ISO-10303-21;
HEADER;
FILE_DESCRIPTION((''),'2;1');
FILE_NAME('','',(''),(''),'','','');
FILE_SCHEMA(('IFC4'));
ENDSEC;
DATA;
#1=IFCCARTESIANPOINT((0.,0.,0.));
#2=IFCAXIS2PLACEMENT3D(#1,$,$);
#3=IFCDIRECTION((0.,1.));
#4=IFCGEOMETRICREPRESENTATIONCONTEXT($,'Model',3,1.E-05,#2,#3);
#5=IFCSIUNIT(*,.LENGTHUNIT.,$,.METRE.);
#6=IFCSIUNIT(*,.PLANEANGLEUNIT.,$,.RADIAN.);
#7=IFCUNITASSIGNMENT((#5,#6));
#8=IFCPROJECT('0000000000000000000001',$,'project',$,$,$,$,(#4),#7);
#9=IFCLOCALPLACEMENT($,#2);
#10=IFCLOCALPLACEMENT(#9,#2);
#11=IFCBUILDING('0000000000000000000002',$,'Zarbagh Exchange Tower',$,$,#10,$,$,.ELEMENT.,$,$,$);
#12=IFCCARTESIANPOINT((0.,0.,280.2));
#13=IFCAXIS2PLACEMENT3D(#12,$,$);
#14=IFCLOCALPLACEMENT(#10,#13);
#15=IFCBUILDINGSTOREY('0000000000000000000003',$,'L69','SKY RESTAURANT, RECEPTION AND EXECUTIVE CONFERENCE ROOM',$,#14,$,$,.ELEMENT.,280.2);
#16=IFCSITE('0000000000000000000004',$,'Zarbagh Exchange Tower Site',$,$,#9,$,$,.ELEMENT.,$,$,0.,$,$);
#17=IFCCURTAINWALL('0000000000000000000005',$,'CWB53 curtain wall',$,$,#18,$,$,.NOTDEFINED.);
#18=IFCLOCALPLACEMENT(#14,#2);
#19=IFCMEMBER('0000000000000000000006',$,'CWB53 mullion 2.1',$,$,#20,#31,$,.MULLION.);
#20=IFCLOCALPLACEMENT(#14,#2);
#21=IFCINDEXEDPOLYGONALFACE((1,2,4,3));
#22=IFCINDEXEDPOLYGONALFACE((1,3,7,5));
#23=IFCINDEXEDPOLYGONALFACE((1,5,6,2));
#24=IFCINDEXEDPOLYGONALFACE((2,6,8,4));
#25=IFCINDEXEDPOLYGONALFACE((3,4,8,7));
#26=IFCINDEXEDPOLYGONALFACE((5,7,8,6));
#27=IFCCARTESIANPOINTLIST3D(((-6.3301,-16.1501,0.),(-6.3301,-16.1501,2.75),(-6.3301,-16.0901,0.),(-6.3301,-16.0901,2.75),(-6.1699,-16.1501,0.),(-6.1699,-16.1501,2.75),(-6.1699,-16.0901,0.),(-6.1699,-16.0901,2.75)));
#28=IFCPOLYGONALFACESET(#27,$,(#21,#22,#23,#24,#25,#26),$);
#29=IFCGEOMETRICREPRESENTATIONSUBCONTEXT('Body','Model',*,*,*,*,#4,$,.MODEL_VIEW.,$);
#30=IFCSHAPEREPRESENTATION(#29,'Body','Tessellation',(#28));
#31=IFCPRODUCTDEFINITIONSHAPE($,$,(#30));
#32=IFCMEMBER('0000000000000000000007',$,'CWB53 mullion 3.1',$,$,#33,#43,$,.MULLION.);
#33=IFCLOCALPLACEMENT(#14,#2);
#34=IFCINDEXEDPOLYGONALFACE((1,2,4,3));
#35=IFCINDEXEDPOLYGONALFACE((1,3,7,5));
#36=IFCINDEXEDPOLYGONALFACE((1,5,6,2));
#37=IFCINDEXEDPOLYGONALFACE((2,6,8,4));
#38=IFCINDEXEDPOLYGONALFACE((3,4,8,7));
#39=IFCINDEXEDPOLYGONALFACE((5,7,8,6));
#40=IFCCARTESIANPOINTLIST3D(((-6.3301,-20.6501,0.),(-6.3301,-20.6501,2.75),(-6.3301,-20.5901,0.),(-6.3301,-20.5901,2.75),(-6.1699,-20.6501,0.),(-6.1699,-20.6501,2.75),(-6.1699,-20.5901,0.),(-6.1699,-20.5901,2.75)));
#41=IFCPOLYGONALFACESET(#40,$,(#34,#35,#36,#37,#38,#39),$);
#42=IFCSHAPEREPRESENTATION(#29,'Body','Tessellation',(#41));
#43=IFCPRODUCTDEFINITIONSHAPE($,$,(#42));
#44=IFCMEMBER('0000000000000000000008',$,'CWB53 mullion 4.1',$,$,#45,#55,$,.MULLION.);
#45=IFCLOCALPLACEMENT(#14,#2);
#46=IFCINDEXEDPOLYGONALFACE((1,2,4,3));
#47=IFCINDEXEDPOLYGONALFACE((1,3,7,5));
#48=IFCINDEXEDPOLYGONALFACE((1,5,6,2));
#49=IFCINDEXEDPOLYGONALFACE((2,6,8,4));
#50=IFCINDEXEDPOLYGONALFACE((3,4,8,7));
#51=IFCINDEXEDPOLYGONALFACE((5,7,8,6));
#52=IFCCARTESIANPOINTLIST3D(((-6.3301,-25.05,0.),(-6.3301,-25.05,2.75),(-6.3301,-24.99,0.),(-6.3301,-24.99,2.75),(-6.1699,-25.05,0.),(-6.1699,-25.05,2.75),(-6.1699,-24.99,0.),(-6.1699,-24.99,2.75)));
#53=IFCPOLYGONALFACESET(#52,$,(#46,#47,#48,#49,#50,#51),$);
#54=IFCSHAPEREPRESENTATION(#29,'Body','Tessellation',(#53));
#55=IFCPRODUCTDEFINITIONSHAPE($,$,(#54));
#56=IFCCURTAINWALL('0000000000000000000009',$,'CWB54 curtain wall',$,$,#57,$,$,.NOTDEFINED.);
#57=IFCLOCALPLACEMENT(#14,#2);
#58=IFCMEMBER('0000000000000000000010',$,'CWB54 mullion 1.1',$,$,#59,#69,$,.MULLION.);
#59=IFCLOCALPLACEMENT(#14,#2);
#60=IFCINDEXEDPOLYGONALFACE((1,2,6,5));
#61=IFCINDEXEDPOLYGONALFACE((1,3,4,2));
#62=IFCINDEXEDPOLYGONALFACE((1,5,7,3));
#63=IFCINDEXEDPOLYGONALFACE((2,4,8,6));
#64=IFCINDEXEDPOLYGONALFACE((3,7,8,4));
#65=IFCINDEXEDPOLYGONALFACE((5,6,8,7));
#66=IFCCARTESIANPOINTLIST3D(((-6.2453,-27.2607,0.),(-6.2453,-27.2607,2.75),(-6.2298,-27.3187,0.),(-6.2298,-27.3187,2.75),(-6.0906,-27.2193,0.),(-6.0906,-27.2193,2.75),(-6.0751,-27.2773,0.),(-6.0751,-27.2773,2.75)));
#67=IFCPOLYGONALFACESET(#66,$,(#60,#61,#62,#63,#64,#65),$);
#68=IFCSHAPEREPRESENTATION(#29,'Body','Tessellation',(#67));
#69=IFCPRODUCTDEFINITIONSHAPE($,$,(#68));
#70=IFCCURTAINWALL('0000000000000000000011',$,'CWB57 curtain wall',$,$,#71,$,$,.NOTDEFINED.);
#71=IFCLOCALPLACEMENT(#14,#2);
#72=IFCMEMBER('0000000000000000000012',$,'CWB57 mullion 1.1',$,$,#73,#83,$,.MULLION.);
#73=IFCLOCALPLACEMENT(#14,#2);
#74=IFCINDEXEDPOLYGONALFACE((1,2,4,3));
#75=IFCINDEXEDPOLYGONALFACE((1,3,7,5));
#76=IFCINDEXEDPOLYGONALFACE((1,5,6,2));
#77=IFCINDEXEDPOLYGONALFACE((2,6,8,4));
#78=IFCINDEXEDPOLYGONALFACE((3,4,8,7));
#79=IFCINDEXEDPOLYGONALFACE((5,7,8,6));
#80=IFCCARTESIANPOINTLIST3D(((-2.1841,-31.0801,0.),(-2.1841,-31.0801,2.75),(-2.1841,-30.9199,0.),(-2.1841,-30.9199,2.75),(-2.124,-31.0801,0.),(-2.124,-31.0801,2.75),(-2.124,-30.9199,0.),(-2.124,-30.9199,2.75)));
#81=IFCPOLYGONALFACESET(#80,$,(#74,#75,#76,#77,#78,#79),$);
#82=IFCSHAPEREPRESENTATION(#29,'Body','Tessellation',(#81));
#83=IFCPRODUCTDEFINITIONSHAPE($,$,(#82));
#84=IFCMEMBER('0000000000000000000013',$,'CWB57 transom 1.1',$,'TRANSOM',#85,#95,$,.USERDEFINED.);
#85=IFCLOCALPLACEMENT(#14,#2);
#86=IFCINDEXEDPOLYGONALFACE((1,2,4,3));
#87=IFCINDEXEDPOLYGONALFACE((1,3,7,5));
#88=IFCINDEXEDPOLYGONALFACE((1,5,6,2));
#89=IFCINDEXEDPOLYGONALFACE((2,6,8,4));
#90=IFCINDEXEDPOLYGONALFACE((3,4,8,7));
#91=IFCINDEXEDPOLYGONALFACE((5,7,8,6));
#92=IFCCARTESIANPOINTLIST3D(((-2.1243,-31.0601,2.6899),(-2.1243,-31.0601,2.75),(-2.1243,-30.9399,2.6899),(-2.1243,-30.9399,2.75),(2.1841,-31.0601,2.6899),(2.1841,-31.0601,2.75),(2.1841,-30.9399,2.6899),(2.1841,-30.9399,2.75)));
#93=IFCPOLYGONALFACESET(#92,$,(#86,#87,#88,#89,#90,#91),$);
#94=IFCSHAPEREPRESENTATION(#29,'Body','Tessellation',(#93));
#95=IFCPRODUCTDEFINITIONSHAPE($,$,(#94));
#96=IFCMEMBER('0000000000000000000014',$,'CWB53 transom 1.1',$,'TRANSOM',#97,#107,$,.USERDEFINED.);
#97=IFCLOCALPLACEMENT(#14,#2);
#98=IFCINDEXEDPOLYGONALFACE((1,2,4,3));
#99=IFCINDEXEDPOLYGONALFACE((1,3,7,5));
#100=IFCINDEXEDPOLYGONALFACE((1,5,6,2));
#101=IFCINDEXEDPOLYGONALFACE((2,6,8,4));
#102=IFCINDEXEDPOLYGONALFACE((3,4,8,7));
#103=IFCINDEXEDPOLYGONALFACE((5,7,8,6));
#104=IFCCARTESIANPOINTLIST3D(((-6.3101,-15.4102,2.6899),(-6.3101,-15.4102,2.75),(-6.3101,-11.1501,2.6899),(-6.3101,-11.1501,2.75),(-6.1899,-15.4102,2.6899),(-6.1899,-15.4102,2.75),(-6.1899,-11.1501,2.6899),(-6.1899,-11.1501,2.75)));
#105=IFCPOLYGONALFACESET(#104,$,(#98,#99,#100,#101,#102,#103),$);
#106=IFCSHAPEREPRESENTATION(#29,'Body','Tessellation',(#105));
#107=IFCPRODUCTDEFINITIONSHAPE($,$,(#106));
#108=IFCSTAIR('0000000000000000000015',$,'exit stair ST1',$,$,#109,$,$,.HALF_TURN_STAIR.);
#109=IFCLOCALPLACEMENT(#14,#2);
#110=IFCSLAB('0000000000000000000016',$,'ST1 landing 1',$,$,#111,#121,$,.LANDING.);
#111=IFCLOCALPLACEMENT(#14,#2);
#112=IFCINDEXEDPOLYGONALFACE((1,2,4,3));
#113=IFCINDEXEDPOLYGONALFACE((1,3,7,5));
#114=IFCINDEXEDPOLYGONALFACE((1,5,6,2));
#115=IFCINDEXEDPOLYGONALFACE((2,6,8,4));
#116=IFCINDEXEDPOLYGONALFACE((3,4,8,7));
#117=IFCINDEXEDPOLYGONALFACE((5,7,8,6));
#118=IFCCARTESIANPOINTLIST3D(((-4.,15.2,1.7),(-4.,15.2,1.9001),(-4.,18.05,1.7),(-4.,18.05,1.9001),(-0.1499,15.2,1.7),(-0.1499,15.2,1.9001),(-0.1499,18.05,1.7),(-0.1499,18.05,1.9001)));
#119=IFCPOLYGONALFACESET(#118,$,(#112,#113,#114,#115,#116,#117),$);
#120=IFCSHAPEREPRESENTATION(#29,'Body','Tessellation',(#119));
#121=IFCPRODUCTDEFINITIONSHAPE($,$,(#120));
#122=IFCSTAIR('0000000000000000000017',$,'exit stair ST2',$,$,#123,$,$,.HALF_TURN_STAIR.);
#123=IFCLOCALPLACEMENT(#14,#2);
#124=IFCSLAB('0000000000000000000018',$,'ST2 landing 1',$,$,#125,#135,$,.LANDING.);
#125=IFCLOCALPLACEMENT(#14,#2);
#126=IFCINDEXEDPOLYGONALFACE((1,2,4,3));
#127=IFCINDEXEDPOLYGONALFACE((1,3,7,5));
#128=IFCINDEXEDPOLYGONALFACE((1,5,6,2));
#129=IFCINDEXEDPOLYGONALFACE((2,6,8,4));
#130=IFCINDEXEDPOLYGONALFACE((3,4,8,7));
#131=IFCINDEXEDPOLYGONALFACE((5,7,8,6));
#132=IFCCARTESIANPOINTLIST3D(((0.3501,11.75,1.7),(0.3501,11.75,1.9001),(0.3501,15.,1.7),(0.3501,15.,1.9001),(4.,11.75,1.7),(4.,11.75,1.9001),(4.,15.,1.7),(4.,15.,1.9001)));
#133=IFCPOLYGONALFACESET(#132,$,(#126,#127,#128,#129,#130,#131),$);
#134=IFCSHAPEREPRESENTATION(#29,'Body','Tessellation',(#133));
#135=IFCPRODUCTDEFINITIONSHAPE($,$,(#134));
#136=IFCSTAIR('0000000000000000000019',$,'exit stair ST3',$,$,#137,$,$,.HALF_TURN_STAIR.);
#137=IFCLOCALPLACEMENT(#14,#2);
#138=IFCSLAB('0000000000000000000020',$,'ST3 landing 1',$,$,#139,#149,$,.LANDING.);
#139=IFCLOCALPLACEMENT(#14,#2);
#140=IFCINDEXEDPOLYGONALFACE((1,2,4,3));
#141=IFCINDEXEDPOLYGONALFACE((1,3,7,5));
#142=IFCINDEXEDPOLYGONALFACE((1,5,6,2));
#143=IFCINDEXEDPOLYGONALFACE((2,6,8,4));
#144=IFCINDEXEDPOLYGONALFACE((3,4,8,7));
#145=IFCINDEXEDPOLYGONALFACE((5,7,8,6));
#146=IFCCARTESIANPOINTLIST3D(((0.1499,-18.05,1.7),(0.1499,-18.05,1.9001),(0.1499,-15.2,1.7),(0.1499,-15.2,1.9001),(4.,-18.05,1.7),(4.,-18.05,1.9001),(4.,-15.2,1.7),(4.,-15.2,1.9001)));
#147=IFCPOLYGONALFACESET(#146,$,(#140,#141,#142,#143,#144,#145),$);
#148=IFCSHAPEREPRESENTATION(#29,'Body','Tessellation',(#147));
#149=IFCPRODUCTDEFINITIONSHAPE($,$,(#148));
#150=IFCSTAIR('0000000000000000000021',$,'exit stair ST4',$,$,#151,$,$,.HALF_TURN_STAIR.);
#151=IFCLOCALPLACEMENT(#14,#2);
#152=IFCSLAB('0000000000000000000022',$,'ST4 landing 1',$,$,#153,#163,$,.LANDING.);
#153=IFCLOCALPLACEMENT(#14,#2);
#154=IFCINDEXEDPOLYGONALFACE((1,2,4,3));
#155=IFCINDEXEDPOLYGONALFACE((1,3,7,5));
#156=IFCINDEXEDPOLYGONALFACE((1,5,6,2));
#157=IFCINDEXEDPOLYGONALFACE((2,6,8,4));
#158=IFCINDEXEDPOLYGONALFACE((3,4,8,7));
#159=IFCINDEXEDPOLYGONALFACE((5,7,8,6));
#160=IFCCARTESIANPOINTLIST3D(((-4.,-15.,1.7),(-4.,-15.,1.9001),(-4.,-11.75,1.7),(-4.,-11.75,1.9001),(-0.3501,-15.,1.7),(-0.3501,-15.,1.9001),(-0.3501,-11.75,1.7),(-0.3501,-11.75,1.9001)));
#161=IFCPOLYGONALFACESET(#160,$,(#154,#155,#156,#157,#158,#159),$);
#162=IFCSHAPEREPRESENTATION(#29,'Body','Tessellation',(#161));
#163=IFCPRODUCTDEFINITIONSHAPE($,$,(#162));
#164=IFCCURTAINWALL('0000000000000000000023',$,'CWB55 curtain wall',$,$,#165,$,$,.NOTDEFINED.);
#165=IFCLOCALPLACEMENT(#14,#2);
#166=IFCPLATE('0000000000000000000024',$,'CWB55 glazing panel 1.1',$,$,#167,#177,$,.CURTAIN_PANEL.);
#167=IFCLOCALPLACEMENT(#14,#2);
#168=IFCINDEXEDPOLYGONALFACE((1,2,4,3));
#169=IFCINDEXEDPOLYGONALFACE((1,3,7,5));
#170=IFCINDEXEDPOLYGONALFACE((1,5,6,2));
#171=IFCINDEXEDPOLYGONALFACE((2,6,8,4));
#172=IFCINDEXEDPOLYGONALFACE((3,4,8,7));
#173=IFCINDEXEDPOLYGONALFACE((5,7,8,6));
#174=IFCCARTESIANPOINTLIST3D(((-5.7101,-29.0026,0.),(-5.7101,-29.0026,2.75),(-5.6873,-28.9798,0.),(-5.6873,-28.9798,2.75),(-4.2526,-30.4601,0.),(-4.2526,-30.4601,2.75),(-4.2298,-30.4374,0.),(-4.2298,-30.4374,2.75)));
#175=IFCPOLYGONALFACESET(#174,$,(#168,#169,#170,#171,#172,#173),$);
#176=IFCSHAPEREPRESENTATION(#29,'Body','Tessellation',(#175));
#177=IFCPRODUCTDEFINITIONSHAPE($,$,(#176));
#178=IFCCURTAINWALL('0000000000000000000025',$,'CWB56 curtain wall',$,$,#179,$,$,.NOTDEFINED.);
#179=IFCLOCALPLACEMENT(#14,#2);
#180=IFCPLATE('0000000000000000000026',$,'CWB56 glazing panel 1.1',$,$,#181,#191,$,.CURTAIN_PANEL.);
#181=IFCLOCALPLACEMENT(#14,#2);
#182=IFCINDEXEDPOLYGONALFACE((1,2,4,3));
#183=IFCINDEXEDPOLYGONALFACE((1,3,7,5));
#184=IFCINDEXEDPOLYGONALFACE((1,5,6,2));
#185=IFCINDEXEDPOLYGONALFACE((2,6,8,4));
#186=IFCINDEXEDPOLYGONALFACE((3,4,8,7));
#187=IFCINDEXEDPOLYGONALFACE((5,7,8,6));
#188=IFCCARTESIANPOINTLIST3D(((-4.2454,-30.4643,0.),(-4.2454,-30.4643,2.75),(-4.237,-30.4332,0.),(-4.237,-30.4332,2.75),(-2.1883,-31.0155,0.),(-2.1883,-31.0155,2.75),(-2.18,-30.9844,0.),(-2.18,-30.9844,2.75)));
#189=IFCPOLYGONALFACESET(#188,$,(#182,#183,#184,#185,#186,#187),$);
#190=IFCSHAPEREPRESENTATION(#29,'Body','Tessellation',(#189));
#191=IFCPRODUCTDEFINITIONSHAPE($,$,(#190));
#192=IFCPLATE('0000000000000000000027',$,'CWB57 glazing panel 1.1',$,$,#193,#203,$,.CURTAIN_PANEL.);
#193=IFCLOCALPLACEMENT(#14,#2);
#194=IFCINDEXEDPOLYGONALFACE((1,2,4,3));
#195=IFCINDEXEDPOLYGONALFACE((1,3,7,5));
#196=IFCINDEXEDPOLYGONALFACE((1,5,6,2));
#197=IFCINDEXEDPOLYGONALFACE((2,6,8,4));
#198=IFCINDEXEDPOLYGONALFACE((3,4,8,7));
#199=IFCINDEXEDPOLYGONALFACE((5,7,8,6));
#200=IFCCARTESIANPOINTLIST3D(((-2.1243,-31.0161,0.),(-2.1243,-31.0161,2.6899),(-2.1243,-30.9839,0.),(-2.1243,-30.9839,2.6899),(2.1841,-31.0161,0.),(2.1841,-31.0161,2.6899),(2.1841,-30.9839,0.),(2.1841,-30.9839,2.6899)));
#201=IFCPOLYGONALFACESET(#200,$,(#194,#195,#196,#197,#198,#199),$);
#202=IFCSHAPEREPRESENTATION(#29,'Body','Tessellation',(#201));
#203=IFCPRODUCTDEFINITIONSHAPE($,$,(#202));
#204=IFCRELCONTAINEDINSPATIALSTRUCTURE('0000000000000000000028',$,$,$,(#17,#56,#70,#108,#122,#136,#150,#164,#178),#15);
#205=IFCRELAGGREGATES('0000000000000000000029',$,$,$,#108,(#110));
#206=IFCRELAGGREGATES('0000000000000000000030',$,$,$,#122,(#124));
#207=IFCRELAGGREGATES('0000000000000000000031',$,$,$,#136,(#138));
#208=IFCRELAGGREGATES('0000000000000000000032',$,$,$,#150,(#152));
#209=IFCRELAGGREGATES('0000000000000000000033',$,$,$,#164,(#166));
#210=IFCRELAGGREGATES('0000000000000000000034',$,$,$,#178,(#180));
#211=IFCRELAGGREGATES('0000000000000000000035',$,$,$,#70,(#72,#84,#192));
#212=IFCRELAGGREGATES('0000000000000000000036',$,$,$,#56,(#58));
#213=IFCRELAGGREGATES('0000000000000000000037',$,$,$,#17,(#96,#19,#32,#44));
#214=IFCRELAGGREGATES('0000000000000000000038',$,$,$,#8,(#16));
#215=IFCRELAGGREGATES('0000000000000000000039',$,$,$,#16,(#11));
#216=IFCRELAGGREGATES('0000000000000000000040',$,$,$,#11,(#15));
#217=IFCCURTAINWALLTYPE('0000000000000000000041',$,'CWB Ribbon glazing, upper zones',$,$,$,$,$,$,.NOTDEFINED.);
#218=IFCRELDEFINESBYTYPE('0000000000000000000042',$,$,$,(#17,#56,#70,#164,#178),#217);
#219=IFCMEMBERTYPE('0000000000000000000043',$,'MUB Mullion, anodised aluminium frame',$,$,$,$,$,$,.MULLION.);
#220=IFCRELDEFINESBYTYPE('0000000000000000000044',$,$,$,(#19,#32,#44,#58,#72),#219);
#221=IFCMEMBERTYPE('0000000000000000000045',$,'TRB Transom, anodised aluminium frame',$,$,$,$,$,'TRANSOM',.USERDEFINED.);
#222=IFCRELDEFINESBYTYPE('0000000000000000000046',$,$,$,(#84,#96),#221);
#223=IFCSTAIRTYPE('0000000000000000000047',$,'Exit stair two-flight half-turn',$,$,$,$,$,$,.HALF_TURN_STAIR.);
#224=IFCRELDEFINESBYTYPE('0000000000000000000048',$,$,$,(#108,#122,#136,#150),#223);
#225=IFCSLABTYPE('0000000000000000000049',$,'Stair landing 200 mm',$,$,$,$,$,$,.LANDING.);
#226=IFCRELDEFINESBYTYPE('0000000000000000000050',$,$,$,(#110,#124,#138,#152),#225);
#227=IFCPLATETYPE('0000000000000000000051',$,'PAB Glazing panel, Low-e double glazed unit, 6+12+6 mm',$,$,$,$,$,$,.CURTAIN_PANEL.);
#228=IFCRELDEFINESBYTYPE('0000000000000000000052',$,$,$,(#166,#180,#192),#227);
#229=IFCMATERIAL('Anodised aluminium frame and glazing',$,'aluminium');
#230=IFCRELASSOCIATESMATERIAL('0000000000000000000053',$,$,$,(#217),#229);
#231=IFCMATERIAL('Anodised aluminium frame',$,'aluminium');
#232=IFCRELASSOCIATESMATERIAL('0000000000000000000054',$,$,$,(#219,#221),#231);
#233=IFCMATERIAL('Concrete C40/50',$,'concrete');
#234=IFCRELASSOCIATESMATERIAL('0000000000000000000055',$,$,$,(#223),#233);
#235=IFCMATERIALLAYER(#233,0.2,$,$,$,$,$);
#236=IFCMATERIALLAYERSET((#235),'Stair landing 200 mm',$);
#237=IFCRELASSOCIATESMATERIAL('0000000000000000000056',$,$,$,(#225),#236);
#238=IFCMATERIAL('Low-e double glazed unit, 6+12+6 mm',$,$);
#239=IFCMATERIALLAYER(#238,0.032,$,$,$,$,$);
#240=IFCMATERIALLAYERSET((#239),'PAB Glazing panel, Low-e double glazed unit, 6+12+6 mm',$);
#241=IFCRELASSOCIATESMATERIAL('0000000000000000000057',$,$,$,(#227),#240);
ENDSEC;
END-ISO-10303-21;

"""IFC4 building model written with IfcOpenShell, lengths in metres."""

from ifc_helpers import new_model, si_unit, direction, frame, origin, place, context, subcontext, project, spatial, polyline, outline, extrude, source, transform, mapped, material, layer, layer_set, type_object, element, aggregate, save


model = new_model("IFC4")

# Units and contexts
model_context = context("Model", 3, precision=1e-05, world=origin(), true_north=direction((0.0, 1.0)))
body_context = subcontext(model_context, "Body", "Model", "MODEL_VIEW")
ifc_project = project(units=[si_unit("LENGTHUNIT", "METRE"), si_unit("PLANEANGLEUNIT", "RADIAN")], contexts=[model_context])

# Site, building, storey
site_placement = place(None, origin())
site = spatial("IfcSite", under=ifc_project, at=site_placement, Name="Zarbagh Exchange Tower Site", CompositionType="ELEMENT", RefElevation=0.0)
building_placement = place(site_placement, origin())
building = spatial("IfcBuilding", under=site, at=building_placement, Name="Zarbagh Exchange Tower", CompositionType="ELEMENT")
storey_placement = place(building_placement, frame((0.0, 0.0, 280.2)))
storey = spatial("IfcBuildingStorey", under=building, at=storey_placement, Name="L69", Description="SKY RESTAURANT, RECEPTION AND EXECUTIVE CONFERENCE ROOM", CompositionType="ELEMENT", Elevation=280.2)

# Curtain wall, members
ifc_material_1 = material(Name="Anodised aluminium frame and glazing", Category="aluminium")
curtain_wall_type = type_object("IfcCurtainWallType", Name="CWB Ribbon glazing, upper zones", PredefinedType="NOTDEFINED", material=ifc_material_1)
curtain_wall_1_placement = place(storey_placement, origin())
curtain_wall_1 = element("IfcCurtainWall", 1, at=curtain_wall_1_placement, inside=storey, type_object=curtain_wall_type, Name="CWB53 curtain wall", PredefinedType="NOTDEFINED")
ifc_material_2 = material(Name="Anodised aluminium frame", Category="aluminium")
member_type_1 = type_object("IfcMemberType", Name="MUB Mullion, anodised aluminium frame", PredefinedType="MULLION", material=ifc_material_2)
shared_shape_1 = source(origin(), body_context, "Body", "SweptSolid", [
    extrude(outline(polyline([(0.0, -0.0801), (0.0601, -0.0801), (0.0601, 0.0801), (0.0, 0.0801), (0.0, -0.0801)])), origin(), (0.0, 0.0, 1.0), 2.75),
])
placement = place(storey_placement, origin())
member_1 = element("IfcMember", 2, at=placement, type_object=member_type_1, Name="CWB53 mullion 2.1", PredefinedType="MULLION", context=body_context, shape_type="MappedRepresentation", body=[
    mapped(shared_shape_1, transform((-6.25, -16.0901, 0.0), x_axis=(0.0, -1.0, 0.0), y_axis=(1.0, 0.0, 0.0), z_axis=(0.0, 0.0, 1.0))),
])
member_2 = element("IfcMember", 3, at=placement, type_object=member_type_1, Name="CWB53 mullion 3.1", PredefinedType="MULLION", context=body_context, shape_type="MappedRepresentation", body=[
    mapped(shared_shape_1, transform((-6.25, -20.5901, 0.0), x_axis=(0.0, -1.0, 0.0), y_axis=(1.0, 0.0, 0.0), z_axis=(0.0, 0.0, 1.0))),
])
member_3 = element("IfcMember", 4, at=placement, type_object=member_type_1, Name="CWB53 mullion 4.1", PredefinedType="MULLION", context=body_context, shape_type="MappedRepresentation", body=[
    mapped(shared_shape_1, transform((-6.25, -24.99, 0.0), x_axis=(0.0, -1.0, 0.0), y_axis=(1.0, 0.0, 0.0), z_axis=(0.0, 0.0, 1.0))),
])

# Curtain wall, member
curtain_wall_2_placement = place(storey_placement, origin())
curtain_wall_2 = element("IfcCurtainWall", 5, at=curtain_wall_2_placement, inside=storey, type_object=curtain_wall_type, Name="CWB54 curtain wall", PredefinedType="NOTDEFINED")
member_4 = element("IfcMember", 6, at=placement, type_object=member_type_1, Name="CWB54 mullion 1.1", PredefinedType="MULLION", context=body_context, shape_type="MappedRepresentation", body=[
    mapped(shared_shape_1, transform((-6.168, -27.24, 0.0), x_axis=(0.258825, -0.965924, 0.0), y_axis=(0.965924, 0.258825, 0.0), z_axis=(0.0, 0.0, 1.0))),
])

# Curtain wall, members
curtain_wall_3_placement = place(storey_placement, origin())
curtain_wall_3 = element("IfcCurtainWall", 7, at=curtain_wall_3_placement, inside=storey, type_object=curtain_wall_type, Name="CWB57 curtain wall", PredefinedType="NOTDEFINED")
member_5 = element("IfcMember", 8, at=placement, type_object=member_type_1, Name="CWB57 mullion 1.1", PredefinedType="MULLION", context=body_context, shape_type="MappedRepresentation", body=[
    mapped(shared_shape_1, transform((-2.1841, -31.0, 0.0), x_axis=(1.0, 0.0, 0.0), y_axis=(0.0, 1.0, 0.0), z_axis=(0.0, 0.0, 1.0))),
])
member_type_2 = type_object("IfcMemberType", Name="TRB Transom, anodised aluminium frame", ElementType="TRANSOM", PredefinedType="USERDEFINED", material=ifc_material_2)
shared_shape_2 = source(origin(), body_context, "Body", "SweptSolid", [
    extrude(outline(polyline([(-0.0601, -0.0601), (0.0, -0.0601), (0.0, 0.0601), (-0.0601, 0.0601), (-0.0601, -0.0601)])), origin(), (0.0, 0.0, 1.0), 4.3083),
])
member_6 = element("IfcMember", 9, at=placement, type_object=member_type_2, Name="CWB57 transom 1.1", ObjectType="TRANSOM", PredefinedType="USERDEFINED", context=body_context, shape_type="MappedRepresentation", body=[
    mapped(shared_shape_2, transform((-2.1243, -31.0, 2.75), x_axis=(0.0, 0.0, 1.0), y_axis=(0.0, -1.0, 0.0), z_axis=(1.0, 0.0, 0.0))),
])

# Member
shared_shape_3 = source(origin(), body_context, "Body", "SweptSolid", [
    extrude(outline(polyline([(-0.0601, -0.0601), (0.0, -0.0601), (0.0, 0.0601), (-0.0601, 0.0601), (-0.0601, -0.0601)])), origin(), (0.0, 0.0, 1.0), 4.26),
])
member_7 = element("IfcMember", 10, at=placement, type_object=member_type_2, Name="CWB53 transom 1.1", ObjectType="TRANSOM", PredefinedType="USERDEFINED", context=body_context, shape_type="MappedRepresentation", body=[
    mapped(shared_shape_3, transform((-6.25, -11.1501, 2.75), x_axis=(0.0, 0.0, 1.0), y_axis=(-1.0, 0.0, 0.0), z_axis=(0.0, -1.0, 0.0))),
])

# Stairs, slabs
ifc_material_3 = material(Name="Concrete C40/50", Category="concrete")
stair_type = type_object("IfcStairType", Name="Exit stair two-flight half-turn", PredefinedType="HALF_TURN_STAIR", material=ifc_material_3)
stair_1_placement = place(storey_placement, origin())
stair_1 = element("IfcStair", 11, at=stair_1_placement, inside=storey, type_object=stair_type, Name="exit stair ST1", PredefinedType="HALF_TURN_STAIR")
ifc_layer_1 = layer(ifc_material_3, 0.2)
ifc_layer_set_1 = layer_set([ifc_layer_1], Name="Stair landing 200 mm")
slab_type = type_object("IfcSlabType", Name="Stair landing 200 mm", PredefinedType="LANDING", material=ifc_layer_set_1)
slab_1_placement = place(storey_placement, frame((0.0, 0.0, 1.7)))
slab_1 = element("IfcSlab", 12, at=slab_1_placement, type_object=slab_type, Name="ST1 landing 1", PredefinedType="LANDING", context=body_context, shape_type="SweptSolid", body=[
    extrude(outline(polyline([(-0.1499, 18.05), (-4.0, 18.05), (-4.0, 15.2), (-0.1499, 15.2), (-0.1499, 18.05)])), origin(), (0.0, 0.0, 1.0), 0.2002),
])
aggregate(stair_1, [slab_1])
stair_2_placement = place(storey_placement, origin())
stair_2 = element("IfcStair", 13, at=stair_2_placement, inside=storey, type_object=stair_type, Name="exit stair ST2", PredefinedType="HALF_TURN_STAIR")
slab_2_placement = place(storey_placement, frame((0.0, 0.0, 1.7)))
slab_2 = element("IfcSlab", 14, at=slab_2_placement, type_object=slab_type, Name="ST2 landing 1", PredefinedType="LANDING", context=body_context, shape_type="SweptSolid", body=[
    extrude(outline(polyline([(0.3501, 11.75), (4.0, 11.75), (4.0, 15.0), (0.3501, 15.0), (0.3501, 11.75)])), origin(), (0.0, 0.0, 1.0), 0.2002),
])
aggregate(stair_2, [slab_2])
stair_3_placement = place(storey_placement, origin())
stair_3 = element("IfcStair", 15, at=stair_3_placement, inside=storey, type_object=stair_type, Name="exit stair ST3", PredefinedType="HALF_TURN_STAIR")
slab_3_placement = place(storey_placement, frame((0.0, 0.0, 1.7)))
slab_3 = element("IfcSlab", 16, at=slab_3_placement, type_object=slab_type, Name="ST3 landing 1", PredefinedType="LANDING", context=body_context, shape_type="SweptSolid", body=[
    extrude(outline(polyline([(0.1499, -18.05), (4.0, -18.05), (4.0, -15.2), (0.1499, -15.2), (0.1499, -18.05)])), origin(), (0.0, 0.0, 1.0), 0.2002),
])
aggregate(stair_3, [slab_3])
stair_4_placement = place(storey_placement, origin())
stair_4 = element("IfcStair", 17, at=stair_4_placement, inside=storey, type_object=stair_type, Name="exit stair ST4", PredefinedType="HALF_TURN_STAIR")
slab_4_placement = place(storey_placement, frame((0.0, 0.0, 1.7)))
slab_4 = element("IfcSlab", 18, at=slab_4_placement, type_object=slab_type, Name="ST4 landing 1", PredefinedType="LANDING", context=body_context, shape_type="SweptSolid", body=[
    extrude(outline(polyline([(-0.3501, -11.75), (-4.0, -11.75), (-4.0, -15.0), (-0.3501, -15.0), (-0.3501, -11.75)])), origin(), (0.0, 0.0, 1.0), 0.2002),
])
aggregate(stair_4, [slab_4])

# Curtain walls, plates
curtain_wall_4_placement = place(storey_placement, origin())
curtain_wall_4 = element("IfcCurtainWall", 19, at=curtain_wall_4_placement, inside=storey, type_object=curtain_wall_type, Name="CWB55 curtain wall", PredefinedType="NOTDEFINED")
ifc_material_4 = material(Name="Low-e double glazed unit, 6+12+6 mm")
ifc_layer_2 = layer(ifc_material_4, 0.032)
ifc_layer_set_2 = layer_set([ifc_layer_2], Name="PAB Glazing panel, Low-e double glazed unit, 6+12+6 mm")
plate_type = type_object("IfcPlateType", Name="PAB Glazing panel, Low-e double glazed unit, 6+12+6 mm", PredefinedType="CURTAIN_PANEL", material=ifc_layer_set_2)
shared_shape_4 = source(origin(), body_context, "Body", "SweptSolid", [
    extrude(outline(polyline([(0.0, -0.0161), (2.0613, -0.0161), (2.0613, 0.0161), (0.0, 0.0161), (0.0, -0.0161)])), origin(), (0.0, 0.0, 1.0), 2.75),
])
plate_1 = element("IfcPlate", 20, at=placement, type_object=plate_type, Name="CWB55 glazing panel 1.1", PredefinedType="CURTAIN_PANEL", context=body_context, shape_type="MappedRepresentation", body=[
    mapped(shared_shape_4, transform((-5.6987, -28.9912, 0.0), x_axis=(0.707107, -0.707107, 0.0), y_axis=(0.707107, 0.707107, 0.0), z_axis=(0.0, 0.0, 1.0))),
])
aggregate(curtain_wall_4, [plate_1])
curtain_wall_5_placement = place(storey_placement, origin())
curtain_wall_5 = element("IfcCurtainWall", 21, at=curtain_wall_5_placement, inside=storey, type_object=curtain_wall_type, Name="CWB56 curtain wall", PredefinedType="NOTDEFINED")
shared_shape_5 = source(origin(), body_context, "Body", "SweptSolid", [
    extrude(outline(polyline([(0.0, -0.0161), (2.1296, -0.0161), (2.1296, 0.0161), (0.0, 0.0161), (0.0, -0.0161)])), origin(), (0.0, 0.0, 1.0), 2.75),
])
plate_2 = element("IfcPlate", 22, at=placement, type_object=plate_type, Name="CWB56 glazing panel 1.1", PredefinedType="CURTAIN_PANEL", context=body_context, shape_type="MappedRepresentation", body=[
    mapped(shared_shape_5, transform((-4.2412, -30.4487, 0.0), x_axis=(0.965924, -0.258825, 0.0), y_axis=(0.258825, 0.965924, 0.0), z_axis=(0.0, 0.0, 1.0))),
])
aggregate(curtain_wall_5, [plate_2])

# Plate
shared_shape_6 = source(origin(), body_context, "Body", "SweptSolid", [
    extrude(outline(polyline([(0.0, -0.0161), (4.3083, -0.0161), (4.3083, 0.0161), (0.0, 0.0161), (0.0, -0.0161)])), origin(), (0.0, 0.0, 1.0), 2.6899),
])
plate_3 = element("IfcPlate", 23, at=placement, type_object=plate_type, Name="CWB57 glazing panel 1.1", PredefinedType="CURTAIN_PANEL", context=body_context, shape_type="MappedRepresentation", body=[
    mapped(shared_shape_6, transform((-2.1243, -31.0, 0.0), x_axis=(1.0, 0.0, 0.0), y_axis=(0.0, 1.0, 0.0), z_axis=(0.0, 0.0, 1.0))),
])
aggregate(curtain_wall_3, [member_5, member_6, plate_3])
aggregate(curtain_wall_2, [member_4])
aggregate(curtain_wall_1, [member_7, member_1, member_2, member_3])

save(model, "model.ifc")
